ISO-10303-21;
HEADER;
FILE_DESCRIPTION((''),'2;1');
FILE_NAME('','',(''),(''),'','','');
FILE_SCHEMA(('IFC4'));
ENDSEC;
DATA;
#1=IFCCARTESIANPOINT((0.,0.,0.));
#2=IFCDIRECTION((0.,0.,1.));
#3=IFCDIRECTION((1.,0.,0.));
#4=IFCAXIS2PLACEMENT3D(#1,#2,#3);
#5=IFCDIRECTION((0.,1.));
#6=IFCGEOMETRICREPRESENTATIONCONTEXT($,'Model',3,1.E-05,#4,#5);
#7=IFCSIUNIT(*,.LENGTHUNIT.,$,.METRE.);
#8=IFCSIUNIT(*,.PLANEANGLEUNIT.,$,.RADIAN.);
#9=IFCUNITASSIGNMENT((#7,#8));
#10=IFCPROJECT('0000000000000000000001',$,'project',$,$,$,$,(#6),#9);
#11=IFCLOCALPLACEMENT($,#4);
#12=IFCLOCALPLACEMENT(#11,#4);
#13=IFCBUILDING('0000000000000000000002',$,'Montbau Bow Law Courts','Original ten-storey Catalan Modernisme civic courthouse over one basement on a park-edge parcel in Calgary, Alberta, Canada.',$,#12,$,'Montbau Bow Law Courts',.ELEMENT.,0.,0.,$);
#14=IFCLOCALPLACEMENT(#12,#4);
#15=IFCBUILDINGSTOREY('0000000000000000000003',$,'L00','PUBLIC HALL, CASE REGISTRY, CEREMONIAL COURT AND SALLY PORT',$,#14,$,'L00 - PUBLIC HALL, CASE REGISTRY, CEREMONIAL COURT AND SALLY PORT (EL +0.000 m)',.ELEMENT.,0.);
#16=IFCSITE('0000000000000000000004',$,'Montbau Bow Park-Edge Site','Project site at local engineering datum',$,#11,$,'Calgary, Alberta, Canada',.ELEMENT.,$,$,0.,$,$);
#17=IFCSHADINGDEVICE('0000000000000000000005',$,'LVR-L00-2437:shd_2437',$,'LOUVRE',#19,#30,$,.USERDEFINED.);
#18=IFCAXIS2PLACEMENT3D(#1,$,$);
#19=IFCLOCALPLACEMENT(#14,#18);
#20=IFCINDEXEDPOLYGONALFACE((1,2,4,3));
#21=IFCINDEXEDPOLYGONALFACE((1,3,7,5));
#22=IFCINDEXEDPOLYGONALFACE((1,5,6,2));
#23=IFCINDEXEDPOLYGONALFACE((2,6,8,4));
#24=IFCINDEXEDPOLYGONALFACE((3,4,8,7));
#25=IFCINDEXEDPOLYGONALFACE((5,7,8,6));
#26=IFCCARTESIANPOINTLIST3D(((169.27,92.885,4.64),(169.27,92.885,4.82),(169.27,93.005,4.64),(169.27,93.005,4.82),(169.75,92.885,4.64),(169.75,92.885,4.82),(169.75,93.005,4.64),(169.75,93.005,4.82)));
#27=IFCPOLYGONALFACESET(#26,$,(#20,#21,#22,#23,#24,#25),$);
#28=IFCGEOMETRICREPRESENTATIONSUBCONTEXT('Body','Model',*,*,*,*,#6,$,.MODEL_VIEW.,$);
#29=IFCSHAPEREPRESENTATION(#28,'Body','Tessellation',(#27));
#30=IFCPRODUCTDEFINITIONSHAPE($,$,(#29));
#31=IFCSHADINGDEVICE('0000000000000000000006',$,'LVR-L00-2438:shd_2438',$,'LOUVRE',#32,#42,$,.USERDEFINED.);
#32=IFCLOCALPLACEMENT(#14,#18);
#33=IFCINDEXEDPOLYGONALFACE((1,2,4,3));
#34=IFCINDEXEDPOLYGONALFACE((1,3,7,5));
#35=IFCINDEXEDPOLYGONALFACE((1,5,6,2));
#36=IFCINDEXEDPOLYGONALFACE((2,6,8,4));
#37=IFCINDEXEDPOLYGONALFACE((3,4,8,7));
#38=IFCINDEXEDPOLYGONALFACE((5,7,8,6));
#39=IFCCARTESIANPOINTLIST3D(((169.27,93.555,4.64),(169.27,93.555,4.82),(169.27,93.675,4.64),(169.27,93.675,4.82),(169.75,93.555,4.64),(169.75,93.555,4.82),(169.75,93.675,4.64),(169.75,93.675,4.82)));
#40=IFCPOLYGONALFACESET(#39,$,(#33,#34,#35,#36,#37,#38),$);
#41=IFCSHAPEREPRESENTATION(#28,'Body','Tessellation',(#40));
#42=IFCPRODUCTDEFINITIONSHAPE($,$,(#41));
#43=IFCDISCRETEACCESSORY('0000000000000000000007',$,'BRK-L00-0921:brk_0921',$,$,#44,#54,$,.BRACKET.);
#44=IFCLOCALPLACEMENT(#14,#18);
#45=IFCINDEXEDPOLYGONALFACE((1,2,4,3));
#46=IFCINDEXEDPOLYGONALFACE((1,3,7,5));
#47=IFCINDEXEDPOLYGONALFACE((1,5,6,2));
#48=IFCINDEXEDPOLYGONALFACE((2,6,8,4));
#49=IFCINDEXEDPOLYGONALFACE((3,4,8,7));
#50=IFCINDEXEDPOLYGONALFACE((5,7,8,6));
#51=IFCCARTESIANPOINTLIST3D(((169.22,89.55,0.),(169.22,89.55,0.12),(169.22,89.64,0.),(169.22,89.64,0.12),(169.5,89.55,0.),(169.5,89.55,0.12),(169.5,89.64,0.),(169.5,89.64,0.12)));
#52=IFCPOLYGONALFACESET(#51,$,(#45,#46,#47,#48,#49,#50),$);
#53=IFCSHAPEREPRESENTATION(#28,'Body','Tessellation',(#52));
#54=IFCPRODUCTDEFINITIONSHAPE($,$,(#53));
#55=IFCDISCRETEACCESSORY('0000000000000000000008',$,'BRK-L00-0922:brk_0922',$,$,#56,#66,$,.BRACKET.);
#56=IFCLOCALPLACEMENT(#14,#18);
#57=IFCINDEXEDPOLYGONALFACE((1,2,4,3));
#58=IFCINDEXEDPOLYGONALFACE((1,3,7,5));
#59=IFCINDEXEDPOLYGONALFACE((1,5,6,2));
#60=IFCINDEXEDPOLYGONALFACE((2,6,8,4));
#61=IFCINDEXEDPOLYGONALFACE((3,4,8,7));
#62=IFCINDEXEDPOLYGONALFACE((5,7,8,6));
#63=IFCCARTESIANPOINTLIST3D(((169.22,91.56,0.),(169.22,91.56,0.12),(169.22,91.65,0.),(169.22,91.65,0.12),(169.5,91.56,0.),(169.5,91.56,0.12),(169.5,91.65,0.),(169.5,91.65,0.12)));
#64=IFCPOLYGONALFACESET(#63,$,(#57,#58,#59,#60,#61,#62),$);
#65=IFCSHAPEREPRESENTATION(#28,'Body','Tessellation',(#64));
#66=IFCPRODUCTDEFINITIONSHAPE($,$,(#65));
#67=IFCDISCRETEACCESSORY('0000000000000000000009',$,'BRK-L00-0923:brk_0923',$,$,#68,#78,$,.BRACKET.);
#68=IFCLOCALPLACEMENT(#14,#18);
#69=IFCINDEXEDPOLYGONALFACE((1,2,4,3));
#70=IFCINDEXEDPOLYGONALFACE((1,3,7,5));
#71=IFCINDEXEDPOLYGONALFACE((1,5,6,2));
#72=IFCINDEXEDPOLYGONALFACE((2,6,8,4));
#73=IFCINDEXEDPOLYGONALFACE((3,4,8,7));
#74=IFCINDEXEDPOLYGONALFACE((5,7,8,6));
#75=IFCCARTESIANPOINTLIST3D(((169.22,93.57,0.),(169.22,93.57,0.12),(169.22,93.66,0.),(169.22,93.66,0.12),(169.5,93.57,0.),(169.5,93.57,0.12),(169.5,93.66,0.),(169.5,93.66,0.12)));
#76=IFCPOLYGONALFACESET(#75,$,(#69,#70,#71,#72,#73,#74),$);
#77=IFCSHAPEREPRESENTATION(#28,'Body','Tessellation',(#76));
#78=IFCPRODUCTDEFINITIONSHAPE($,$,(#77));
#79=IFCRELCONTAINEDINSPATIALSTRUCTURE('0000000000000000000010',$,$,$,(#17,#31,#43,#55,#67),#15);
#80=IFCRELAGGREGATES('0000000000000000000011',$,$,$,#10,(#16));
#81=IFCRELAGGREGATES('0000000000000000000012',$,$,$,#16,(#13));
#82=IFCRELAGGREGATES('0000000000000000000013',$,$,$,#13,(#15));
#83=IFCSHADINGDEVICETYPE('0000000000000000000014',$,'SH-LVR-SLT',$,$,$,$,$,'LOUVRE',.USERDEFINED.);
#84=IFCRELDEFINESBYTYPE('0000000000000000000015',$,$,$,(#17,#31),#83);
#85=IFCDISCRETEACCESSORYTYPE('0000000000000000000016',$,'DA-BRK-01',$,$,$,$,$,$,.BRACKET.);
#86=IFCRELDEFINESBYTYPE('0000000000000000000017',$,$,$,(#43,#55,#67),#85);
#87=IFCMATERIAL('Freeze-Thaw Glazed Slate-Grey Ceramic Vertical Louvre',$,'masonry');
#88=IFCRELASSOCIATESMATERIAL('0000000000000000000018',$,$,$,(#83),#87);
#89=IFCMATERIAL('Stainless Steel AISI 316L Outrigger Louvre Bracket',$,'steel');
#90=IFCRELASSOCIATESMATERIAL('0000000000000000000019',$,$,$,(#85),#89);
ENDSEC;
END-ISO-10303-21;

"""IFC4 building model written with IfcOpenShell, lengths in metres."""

from ifc_helpers import new_model, si_unit, direction, frame, origin_with_axes, origin_2d_with_axis, place, context, subcontext, project, spatial, rectangle, extrude, material, type_object, element, save


model = new_model("IFC4")

# Units and contexts
model_context = context("Model", 3, precision=1e-05, world=origin_with_axes(), true_north=direction((0.0, 1.0)))
body_context = subcontext(model_context, "Body", "Model", "MODEL_VIEW")
ifc_project = project(units=[si_unit("LENGTHUNIT", "METRE"), si_unit("PLANEANGLEUNIT", "RADIAN")], contexts=[model_context])

# Site, building, storey
site_placement = place(None, origin_with_axes())
site = spatial("IfcSite", under=ifc_project, at=site_placement, Name="Montbau Bow Park-Edge Site", Description="Project site at local engineering datum", LongName="Calgary, Alberta, Canada", CompositionType="ELEMENT", RefElevation=0.0)
building_placement = place(site_placement, origin_with_axes())
building = spatial("IfcBuilding", under=site, at=building_placement, Name="Montbau Bow Law Courts", Description="Original ten-storey Catalan Modernisme civic courthouse over one basement on a park-edge parcel in Calgary, Alberta, Canada.", LongName="Montbau Bow Law Courts", CompositionType="ELEMENT", ElevationOfRefHeight=0.0, ElevationOfTerrain=0.0)
storey_placement = place(building_placement, origin_with_axes())
storey = spatial("IfcBuildingStorey", under=building, at=storey_placement, Name="L00", Description="PUBLIC HALL, CASE REGISTRY, CEREMONIAL COURT AND SALLY PORT", LongName="L00 - PUBLIC HALL, CASE REGISTRY, CEREMONIAL COURT AND SALLY PORT (EL +0.000 m)", CompositionType="ELEMENT", Elevation=0.0)

# Shared definitions
ifc_material_1 = material(Name="Freeze-Thaw Glazed Slate-Grey Ceramic Vertical Louvre", Category="masonry")

# Shading devices
shading_device_type = type_object("IfcShadingDeviceType", Name="SH-LVR-SLT", ElementType="LOUVRE", PredefinedType="USERDEFINED", material=ifc_material_1)
for number, where, z_axis, x_axis, name in (
    (1, (169.51, 92.945, 4.64), (0.0, 0.0, 1.0), (1.0, 0.0, 0.0), "LVR-L00-2437:shd_2437"),
    (2, (169.51, 93.615, 4.64), (0.0, 0.0, 1.0), (1.0, 0.0, 0.0), "LVR-L00-2438:shd_2438"),
):
    element("IfcShadingDevice", number, at=place(None, frame(where, z_axis=z_axis, x_axis=x_axis)), inside=storey, type_object=shading_device_type, Name=name, ObjectType="LOUVRE", PredefinedType="USERDEFINED", context=body_context, shape_type="SweptSolid", body=[
        extrude(rectangle(XDim=0.48, YDim=0.12, at=origin_2d_with_axis()), origin_with_axes(), (0.0, 0.0, 1.0), 0.18),
    ])

# Discrete accessories
ifc_material_2 = material(Name="Stainless Steel AISI 316L Outrigger Louvre Bracket", Category="steel")
discrete_accessory_type = type_object("IfcDiscreteAccessoryType", Name="DA-BRK-01", PredefinedType="BRACKET", material=ifc_material_2)
for number, where, z_axis, x_axis, name in (
    (3, (169.36, 89.595, 0.0), (0.0, 0.0, 1.0), (1.0, 0.0, 0.0), "BRK-L00-0921:brk_0921"),
    (4, (169.36, 91.605, 0.0), (0.0, 0.0, 1.0), (1.0, 0.0, 0.0), "BRK-L00-0922:brk_0922"),
    (5, (169.36, 93.615, 0.0), (0.0, 0.0, 1.0), (1.0, 0.0, 0.0), "BRK-L00-0923:brk_0923"),
):
    element("IfcDiscreteAccessory", number, at=place(None, frame(where, z_axis=z_axis, x_axis=x_axis)), inside=storey, type_object=discrete_accessory_type, Name=name, PredefinedType="BRACKET", context=body_context, shape_type="SweptSolid", body=[
        extrude(rectangle(XDim=0.28, YDim=0.09, at=origin_2d_with_axis()), origin_with_axes(), (0.0, 0.0, 1.0), 0.12),
    ])

save(model, "model.ifc")
